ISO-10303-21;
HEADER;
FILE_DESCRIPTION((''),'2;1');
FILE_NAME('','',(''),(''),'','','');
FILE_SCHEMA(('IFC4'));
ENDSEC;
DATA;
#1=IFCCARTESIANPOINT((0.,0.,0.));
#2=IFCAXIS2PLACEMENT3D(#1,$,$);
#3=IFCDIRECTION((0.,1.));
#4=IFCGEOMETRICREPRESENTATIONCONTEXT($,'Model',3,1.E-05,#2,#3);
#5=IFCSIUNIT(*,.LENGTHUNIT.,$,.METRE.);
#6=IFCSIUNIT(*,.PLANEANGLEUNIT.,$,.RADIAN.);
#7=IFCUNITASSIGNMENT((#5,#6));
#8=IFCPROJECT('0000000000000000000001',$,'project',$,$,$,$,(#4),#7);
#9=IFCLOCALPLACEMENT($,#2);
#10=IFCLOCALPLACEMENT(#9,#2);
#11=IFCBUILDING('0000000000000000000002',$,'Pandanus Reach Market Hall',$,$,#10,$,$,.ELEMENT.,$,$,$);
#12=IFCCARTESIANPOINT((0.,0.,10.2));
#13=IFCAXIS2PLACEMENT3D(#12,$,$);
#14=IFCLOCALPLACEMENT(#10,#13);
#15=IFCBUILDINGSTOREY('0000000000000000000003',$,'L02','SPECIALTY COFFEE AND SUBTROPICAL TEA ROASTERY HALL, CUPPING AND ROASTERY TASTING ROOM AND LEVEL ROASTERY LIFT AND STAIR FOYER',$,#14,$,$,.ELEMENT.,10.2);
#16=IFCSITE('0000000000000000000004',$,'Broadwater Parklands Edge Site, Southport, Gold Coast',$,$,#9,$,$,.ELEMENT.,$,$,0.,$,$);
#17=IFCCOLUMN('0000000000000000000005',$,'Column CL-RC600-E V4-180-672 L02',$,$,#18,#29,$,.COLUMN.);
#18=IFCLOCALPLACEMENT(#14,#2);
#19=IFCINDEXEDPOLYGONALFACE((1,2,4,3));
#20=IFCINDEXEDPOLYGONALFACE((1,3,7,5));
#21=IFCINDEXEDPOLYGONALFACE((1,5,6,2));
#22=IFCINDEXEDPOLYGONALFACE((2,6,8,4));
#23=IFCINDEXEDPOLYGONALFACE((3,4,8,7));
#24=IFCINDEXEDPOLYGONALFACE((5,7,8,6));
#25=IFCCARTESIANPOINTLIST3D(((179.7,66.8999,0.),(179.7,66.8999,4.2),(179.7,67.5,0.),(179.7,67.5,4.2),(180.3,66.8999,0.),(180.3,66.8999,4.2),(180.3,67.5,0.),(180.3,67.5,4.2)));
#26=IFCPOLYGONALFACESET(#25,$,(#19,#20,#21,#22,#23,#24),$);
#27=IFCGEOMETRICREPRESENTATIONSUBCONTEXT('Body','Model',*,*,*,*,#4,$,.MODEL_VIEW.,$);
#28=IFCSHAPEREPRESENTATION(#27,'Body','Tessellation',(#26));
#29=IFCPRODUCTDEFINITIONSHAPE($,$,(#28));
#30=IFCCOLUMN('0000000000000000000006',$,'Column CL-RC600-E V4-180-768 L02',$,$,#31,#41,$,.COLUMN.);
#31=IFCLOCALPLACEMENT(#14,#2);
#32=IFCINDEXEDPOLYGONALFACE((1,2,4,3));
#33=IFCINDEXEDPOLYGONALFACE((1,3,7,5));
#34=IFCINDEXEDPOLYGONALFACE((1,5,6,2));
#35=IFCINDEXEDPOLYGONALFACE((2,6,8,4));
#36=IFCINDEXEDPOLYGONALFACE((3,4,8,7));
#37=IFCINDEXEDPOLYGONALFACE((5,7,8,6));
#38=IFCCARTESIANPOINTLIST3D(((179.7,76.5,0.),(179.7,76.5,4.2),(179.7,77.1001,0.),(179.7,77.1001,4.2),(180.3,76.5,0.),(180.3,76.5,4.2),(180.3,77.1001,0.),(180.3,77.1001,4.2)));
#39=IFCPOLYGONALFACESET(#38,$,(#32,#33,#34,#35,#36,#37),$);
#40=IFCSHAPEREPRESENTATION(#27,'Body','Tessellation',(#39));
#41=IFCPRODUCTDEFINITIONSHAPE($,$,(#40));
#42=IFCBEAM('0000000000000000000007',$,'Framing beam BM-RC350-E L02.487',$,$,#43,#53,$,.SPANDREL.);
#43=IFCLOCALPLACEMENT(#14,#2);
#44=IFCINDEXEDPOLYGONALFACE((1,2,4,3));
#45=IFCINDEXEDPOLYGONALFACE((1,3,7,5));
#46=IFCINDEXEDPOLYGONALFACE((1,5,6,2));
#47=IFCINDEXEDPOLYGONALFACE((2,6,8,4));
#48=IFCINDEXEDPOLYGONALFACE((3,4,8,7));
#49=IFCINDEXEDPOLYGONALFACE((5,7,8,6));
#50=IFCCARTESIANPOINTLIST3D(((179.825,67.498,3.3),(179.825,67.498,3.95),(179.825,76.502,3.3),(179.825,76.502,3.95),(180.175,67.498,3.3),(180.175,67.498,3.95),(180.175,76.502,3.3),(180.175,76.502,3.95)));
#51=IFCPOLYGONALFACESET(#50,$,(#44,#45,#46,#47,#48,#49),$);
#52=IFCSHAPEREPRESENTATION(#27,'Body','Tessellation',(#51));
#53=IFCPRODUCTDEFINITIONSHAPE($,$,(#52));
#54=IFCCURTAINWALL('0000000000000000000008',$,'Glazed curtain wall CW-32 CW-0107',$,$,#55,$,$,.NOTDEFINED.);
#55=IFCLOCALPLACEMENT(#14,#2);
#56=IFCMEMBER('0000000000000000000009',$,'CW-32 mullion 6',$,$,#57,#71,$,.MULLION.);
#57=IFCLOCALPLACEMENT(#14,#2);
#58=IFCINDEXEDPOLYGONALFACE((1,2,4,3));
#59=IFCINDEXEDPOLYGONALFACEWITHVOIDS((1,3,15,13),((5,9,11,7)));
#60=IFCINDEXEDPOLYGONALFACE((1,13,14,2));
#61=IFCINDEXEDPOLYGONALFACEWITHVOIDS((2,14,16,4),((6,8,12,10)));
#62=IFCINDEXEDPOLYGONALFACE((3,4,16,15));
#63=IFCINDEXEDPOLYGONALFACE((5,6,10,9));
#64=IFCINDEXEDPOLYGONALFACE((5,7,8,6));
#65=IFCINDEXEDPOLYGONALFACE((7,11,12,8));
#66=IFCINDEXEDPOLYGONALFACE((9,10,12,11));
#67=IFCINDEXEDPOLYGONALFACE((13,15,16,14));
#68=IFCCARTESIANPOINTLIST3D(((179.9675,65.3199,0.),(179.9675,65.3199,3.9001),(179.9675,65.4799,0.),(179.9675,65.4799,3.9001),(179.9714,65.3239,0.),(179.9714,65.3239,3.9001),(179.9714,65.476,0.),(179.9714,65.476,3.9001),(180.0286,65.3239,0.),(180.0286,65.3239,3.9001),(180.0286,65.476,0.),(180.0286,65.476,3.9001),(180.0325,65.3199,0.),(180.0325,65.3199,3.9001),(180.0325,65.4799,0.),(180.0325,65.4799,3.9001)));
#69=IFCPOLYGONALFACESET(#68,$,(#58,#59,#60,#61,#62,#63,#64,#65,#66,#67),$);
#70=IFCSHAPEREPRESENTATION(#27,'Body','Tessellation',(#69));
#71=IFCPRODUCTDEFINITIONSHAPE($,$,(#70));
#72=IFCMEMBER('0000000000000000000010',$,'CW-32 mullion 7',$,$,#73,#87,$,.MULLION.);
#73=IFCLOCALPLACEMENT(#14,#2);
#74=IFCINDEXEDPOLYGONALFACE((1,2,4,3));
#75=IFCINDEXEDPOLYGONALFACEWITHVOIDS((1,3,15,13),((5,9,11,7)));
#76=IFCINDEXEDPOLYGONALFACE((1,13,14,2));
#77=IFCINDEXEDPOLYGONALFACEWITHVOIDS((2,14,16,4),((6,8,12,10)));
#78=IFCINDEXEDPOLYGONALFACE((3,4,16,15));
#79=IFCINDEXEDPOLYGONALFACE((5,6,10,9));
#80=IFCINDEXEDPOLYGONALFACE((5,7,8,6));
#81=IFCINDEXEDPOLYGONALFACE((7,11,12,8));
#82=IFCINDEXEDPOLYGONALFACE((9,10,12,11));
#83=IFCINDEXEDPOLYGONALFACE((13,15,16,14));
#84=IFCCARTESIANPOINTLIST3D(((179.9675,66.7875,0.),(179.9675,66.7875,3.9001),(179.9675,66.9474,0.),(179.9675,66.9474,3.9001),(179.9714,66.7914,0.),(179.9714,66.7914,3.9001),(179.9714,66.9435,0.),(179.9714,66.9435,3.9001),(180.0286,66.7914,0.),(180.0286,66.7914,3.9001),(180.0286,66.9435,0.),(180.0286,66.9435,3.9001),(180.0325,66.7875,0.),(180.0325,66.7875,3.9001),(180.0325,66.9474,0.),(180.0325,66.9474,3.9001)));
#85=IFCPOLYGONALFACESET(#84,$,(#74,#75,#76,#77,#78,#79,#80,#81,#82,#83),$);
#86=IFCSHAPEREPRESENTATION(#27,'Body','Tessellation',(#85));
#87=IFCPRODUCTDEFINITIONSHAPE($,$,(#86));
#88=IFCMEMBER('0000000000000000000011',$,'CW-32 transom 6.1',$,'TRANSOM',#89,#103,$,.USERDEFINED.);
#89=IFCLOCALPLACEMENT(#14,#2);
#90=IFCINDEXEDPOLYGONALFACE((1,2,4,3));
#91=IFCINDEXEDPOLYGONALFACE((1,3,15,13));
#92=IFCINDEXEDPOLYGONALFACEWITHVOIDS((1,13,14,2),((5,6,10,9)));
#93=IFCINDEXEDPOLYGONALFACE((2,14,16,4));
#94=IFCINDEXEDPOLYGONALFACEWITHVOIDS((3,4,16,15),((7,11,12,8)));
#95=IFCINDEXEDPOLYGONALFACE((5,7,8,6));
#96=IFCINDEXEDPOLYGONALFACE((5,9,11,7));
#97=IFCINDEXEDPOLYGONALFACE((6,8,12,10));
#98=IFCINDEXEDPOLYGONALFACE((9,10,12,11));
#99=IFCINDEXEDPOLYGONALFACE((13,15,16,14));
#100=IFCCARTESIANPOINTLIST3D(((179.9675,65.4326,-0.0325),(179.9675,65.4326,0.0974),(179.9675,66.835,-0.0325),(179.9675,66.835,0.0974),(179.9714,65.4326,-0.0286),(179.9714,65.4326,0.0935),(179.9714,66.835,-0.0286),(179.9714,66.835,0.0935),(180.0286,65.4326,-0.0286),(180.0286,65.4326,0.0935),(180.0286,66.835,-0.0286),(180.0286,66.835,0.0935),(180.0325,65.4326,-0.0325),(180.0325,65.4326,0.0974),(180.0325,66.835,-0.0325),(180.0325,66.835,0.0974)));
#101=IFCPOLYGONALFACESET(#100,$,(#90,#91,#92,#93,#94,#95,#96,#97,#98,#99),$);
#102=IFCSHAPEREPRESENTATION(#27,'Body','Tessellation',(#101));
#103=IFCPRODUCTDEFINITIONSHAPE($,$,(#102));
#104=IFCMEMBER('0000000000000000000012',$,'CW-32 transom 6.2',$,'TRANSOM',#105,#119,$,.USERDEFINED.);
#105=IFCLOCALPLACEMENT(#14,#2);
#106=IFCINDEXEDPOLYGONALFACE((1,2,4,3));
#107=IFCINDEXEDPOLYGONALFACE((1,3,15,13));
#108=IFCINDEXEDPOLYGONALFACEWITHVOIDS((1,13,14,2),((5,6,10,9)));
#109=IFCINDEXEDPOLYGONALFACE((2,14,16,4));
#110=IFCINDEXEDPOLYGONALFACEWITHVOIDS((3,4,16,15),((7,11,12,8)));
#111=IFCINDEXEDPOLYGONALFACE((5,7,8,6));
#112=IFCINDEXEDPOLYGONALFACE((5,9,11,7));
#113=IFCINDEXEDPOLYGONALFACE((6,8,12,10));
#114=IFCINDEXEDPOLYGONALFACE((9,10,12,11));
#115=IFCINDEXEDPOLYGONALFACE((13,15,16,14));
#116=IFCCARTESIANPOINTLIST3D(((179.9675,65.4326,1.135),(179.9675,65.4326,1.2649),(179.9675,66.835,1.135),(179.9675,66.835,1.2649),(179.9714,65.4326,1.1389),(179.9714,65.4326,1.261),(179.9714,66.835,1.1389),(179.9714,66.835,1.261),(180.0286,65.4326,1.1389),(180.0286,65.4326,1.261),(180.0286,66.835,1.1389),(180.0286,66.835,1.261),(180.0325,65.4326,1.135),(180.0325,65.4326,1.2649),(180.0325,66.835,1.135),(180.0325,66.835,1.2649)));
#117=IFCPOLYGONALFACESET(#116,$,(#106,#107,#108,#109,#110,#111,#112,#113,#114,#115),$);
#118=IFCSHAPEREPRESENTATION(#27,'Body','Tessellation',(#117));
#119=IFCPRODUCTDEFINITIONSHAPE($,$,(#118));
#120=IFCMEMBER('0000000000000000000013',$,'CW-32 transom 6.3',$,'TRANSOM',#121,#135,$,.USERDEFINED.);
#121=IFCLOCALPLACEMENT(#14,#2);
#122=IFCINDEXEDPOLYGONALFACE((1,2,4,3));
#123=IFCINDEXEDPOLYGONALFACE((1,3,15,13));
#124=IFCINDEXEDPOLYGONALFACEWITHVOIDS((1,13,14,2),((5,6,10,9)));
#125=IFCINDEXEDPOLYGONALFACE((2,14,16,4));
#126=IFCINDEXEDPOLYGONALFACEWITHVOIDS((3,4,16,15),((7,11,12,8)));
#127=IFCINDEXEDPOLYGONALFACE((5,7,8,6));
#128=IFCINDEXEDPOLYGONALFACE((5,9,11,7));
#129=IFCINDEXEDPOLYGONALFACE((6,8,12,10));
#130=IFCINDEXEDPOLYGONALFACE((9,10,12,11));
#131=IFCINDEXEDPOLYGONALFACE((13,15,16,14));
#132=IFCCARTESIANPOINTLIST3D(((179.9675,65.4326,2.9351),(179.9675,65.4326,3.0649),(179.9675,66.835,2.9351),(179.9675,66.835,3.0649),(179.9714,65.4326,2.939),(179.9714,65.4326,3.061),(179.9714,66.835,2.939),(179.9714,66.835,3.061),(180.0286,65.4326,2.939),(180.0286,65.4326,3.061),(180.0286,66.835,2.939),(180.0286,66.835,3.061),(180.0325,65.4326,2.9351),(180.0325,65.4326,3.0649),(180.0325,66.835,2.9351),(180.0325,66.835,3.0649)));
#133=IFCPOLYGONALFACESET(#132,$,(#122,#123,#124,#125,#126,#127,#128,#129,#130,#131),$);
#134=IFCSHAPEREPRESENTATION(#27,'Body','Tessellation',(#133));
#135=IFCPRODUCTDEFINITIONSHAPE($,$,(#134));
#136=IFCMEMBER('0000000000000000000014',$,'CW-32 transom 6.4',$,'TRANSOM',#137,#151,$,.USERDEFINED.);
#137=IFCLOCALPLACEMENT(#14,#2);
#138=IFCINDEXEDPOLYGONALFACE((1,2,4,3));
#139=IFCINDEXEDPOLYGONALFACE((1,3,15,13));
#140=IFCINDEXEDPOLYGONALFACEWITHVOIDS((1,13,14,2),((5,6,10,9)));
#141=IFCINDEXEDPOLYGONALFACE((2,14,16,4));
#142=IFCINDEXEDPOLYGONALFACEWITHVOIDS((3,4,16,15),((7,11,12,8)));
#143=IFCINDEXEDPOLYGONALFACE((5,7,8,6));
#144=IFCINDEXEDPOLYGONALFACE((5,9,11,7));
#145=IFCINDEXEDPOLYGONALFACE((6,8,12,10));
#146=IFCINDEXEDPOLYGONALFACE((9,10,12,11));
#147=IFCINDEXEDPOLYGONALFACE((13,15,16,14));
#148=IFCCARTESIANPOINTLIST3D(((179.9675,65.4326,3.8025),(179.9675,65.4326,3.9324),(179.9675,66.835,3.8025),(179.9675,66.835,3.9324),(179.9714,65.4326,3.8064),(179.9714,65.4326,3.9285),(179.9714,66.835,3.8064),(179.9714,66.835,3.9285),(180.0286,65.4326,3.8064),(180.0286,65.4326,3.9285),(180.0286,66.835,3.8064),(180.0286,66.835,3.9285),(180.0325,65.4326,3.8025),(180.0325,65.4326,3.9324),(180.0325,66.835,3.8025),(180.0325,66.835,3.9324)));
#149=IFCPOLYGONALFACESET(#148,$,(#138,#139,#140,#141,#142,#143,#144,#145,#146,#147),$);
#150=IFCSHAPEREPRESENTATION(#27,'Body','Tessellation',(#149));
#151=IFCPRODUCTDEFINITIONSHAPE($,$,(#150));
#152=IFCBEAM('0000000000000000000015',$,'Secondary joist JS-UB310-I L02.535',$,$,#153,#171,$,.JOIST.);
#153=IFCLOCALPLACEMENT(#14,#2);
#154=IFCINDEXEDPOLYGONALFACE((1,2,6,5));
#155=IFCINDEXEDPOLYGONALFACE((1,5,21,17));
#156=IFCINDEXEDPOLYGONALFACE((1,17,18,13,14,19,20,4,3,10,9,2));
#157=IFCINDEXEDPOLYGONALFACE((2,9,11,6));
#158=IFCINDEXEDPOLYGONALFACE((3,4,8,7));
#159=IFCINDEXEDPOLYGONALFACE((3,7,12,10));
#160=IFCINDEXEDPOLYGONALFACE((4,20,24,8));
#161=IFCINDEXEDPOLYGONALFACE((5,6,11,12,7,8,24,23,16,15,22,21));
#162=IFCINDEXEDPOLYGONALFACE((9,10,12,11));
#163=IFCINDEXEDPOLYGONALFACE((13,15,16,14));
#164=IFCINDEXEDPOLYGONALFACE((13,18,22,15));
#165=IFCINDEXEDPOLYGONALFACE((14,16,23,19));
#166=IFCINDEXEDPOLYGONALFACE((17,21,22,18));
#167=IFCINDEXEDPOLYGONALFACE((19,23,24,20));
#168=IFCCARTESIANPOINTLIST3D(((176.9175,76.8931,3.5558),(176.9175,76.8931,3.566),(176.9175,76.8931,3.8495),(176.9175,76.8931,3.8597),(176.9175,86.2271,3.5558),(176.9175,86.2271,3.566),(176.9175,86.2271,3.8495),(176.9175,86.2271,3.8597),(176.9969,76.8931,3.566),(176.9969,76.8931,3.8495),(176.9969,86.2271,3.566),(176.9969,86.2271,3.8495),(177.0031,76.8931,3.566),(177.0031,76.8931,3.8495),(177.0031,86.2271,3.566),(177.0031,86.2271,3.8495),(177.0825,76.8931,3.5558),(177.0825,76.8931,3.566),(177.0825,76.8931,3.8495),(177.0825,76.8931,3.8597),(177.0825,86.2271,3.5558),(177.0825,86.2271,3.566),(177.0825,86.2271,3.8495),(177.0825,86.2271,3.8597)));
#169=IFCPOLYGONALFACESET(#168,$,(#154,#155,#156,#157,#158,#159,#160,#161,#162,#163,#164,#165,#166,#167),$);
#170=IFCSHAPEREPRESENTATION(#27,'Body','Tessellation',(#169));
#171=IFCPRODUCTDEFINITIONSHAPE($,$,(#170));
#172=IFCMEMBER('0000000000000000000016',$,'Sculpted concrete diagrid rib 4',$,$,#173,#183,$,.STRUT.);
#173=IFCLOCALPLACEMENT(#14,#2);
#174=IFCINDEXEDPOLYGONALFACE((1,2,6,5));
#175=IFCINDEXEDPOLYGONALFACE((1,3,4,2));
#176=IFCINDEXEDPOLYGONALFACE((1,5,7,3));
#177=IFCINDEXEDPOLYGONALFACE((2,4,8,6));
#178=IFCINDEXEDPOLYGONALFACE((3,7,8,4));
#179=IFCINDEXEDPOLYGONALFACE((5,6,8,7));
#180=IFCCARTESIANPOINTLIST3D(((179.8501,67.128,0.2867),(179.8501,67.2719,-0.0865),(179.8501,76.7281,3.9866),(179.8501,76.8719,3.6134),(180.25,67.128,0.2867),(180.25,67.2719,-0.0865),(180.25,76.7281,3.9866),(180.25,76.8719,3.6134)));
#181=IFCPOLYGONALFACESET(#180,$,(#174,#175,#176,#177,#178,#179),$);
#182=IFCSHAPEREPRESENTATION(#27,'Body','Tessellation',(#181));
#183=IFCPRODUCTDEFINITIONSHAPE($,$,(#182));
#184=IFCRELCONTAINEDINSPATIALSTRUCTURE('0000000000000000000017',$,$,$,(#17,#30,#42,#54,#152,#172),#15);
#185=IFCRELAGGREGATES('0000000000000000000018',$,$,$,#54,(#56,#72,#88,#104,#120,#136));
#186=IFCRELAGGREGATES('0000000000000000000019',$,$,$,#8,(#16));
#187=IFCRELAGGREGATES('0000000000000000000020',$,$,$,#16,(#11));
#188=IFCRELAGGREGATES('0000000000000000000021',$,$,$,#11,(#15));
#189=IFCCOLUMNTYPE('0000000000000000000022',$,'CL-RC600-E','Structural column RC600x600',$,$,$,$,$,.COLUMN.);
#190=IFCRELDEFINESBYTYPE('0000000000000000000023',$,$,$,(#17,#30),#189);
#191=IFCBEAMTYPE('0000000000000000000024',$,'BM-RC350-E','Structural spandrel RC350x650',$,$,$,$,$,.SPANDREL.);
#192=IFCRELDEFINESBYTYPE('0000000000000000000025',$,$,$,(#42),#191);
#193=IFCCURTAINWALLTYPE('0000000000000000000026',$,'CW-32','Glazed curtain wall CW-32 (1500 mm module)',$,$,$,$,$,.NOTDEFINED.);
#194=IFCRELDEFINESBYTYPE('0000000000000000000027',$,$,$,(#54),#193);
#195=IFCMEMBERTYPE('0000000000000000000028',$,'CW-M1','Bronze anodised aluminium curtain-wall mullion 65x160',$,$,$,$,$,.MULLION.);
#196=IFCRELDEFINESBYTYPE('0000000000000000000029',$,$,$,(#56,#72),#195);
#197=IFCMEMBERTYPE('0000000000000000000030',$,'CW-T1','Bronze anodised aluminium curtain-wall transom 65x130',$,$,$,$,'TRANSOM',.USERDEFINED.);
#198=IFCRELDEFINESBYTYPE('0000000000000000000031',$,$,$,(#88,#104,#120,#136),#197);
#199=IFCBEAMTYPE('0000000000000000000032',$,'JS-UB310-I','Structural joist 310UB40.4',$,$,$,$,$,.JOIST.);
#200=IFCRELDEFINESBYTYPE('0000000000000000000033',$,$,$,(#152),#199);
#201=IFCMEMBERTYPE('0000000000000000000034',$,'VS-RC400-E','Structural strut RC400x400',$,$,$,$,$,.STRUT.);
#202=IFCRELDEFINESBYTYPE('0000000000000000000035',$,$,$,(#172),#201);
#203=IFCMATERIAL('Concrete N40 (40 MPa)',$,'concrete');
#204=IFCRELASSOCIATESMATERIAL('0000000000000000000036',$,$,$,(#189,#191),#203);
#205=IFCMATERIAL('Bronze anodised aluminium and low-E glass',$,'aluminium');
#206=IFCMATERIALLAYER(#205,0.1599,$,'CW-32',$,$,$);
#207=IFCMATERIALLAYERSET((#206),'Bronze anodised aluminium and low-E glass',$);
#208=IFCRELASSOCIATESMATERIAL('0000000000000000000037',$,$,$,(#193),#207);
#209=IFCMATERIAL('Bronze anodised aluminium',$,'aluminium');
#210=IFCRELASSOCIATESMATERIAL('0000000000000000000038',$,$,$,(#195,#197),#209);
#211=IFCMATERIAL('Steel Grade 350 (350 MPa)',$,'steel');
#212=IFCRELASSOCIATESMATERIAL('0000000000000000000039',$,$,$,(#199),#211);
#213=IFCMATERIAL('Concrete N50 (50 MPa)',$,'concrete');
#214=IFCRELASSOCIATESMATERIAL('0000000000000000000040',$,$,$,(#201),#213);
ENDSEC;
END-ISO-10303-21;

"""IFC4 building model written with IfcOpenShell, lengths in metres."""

from ifc_helpers import new_model, si_unit, direction, frame, origin, origin_2d, place, context, subcontext, project, spatial, rectangle, hollow_rectangle, i_section, extrude, material, layer, layer_set, material_profile, profile_set, type_object, element, aggregate, save


model = new_model("IFC4")

# Units and contexts
model_context = context("Model", 3, precision=1e-05, world=origin(), true_north=direction((0.0, 1.0)))
body_context = subcontext(model_context, "Body", "Model", "MODEL_VIEW")
ifc_project = project(units=[si_unit("LENGTHUNIT", "METRE"), si_unit("PLANEANGLEUNIT", "RADIAN")], contexts=[model_context])

# Site, building, storey
site_placement = place(None, origin())
site = spatial("IfcSite", under=ifc_project, at=site_placement, Name="Broadwater Parklands Edge Site, Southport, Gold Coast", CompositionType="ELEMENT", RefElevation=0.0)
building_placement = place(site_placement, origin())
building = spatial("IfcBuilding", under=site, at=building_placement, Name="Pandanus Reach Market Hall", CompositionType="ELEMENT")
storey_placement = place(building_placement, frame((0.0, 0.0, 10.2)))
storey = spatial("IfcBuildingStorey", under=building, at=storey_placement, Name="L02", Description="SPECIALTY COFFEE AND SUBTROPICAL TEA ROASTERY HALL, CUPPING AND ROASTERY TASTING ROOM AND LEVEL ROASTERY LIFT AND STAIR FOYER", CompositionType="ELEMENT", Elevation=10.2)

# Columns
ifc_material_1 = material(Name="Concrete N40 (40 MPa)", Category="concrete")
ifc_material_profile_1 = material_profile(ifc_material_1, rectangle(XDim=0.6001, YDim=0.6001, at=origin_2d()), Name="RC600x600", Category="LoadBearing")
ifc_profile_set_1 = profile_set([ifc_material_profile_1], Name="Concrete N40 (40 MPa)")
column_type = type_object("IfcColumnType", Name="CL-RC600-E", Description="Structural column RC600x600", PredefinedType="COLUMN", material=ifc_profile_set_1)
for number, where, z_axis, x_axis, name in (
    (1, (180.0, 67.2, 0.0), (0.0, 0.0, 1.0), (1.0, 0.0, 0.0), "Column CL-RC600-E V4-180-672 L02"),
    (2, (180.0, 76.8, 0.0), (0.0, 0.0, 1.0), (1.0, 0.0, 0.0), "Column CL-RC600-E V4-180-768 L02"),
):
    element("IfcColumn", number, at=place(storey_placement, frame(where, z_axis=z_axis, x_axis=x_axis)), inside=storey, type_object=column_type, Name=name, PredefinedType="COLUMN", context=body_context, shape_type="SweptSolid", body=[
        extrude(rectangle(XDim=0.6001, YDim=0.6001, at=origin_2d()), origin(), (0.0, 0.0, 1.0), 4.2),
    ])

# Beam
ifc_material_profile_2 = material_profile(ifc_material_1, rectangle(XDim=0.3501, YDim=0.6499, at=origin_2d()), Name="RC350x650", Category="LoadBearing")
ifc_profile_set_2 = profile_set([ifc_material_profile_2], Name="Concrete N40 (40 MPa)")
beam_type_1 = type_object("IfcBeamType", Name="BM-RC350-E", Description="Structural spandrel RC350x650", PredefinedType="SPANDREL", material=ifc_profile_set_2)
beam_1_placement = place(storey_placement, frame((180.0, 67.498, 3.625), z_axis=(0.0, 1.0, 0.0), x_axis=(-1.0, 0.0, 0.0)))
element("IfcBeam", 3, at=beam_1_placement, inside=storey, type_object=beam_type_1, Name="Framing beam BM-RC350-E L02.487", PredefinedType="SPANDREL", context=body_context, shape_type="SweptSolid", body=[
    extrude(rectangle(XDim=0.3501, YDim=0.6499, at=origin_2d()), origin(), (0.0, 0.0, 1.0), 9.0039),
])

# Curtain wall, members
ifc_material_2 = material(Name="Bronze anodised aluminium and low-E glass", Category="aluminium")
ifc_layer_1 = layer(ifc_material_2, 0.1599, Name="CW-32")
ifc_layer_set_1 = layer_set([ifc_layer_1], Name="Bronze anodised aluminium and low-E glass")
curtain_wall_type = type_object("IfcCurtainWallType", Name="CW-32", Description="Glazed curtain wall CW-32 (1500 mm module)", PredefinedType="NOTDEFINED", material=ifc_layer_set_1)
curtain_wall_placement = place(storey_placement, origin())
curtain_wall = element("IfcCurtainWall", 4, at=curtain_wall_placement, inside=storey, type_object=curtain_wall_type, Name="Glazed curtain wall CW-32 CW-0107", PredefinedType="NOTDEFINED")
ifc_material_3 = material(Name="Bronze anodised aluminium", Category="aluminium")
ifc_material_profile_3 = material_profile(ifc_material_3, hollow_rectangle(XDim=0.0649, YDim=0.1599, WallThickness=0.0039, at=origin_2d()), Name="ALU65x160", Category="LoadBearing")
ifc_profile_set_3 = profile_set([ifc_material_profile_3], Name="Bronze anodised aluminium")
member_type_1 = type_object("IfcMemberType", Name="CW-M1", Description="Bronze anodised aluminium curtain-wall mullion 65x160", PredefinedType="MULLION", material=ifc_profile_set_3)
member_1_placement = place(storey_placement, frame((180.0, 65.3999, 0.0), z_axis=(0.0, 0.0, 1.0), x_axis=(-1.0, 0.0, 0.0)))
member_1 = element("IfcMember", 5, at=member_1_placement, type_object=member_type_1, Name="CW-32 mullion 6", PredefinedType="MULLION", context=body_context, shape_type="SweptSolid", body=[
    extrude(hollow_rectangle(XDim=0.0649, YDim=0.1599, WallThickness=0.0039, at=origin_2d()), origin(), (0.0, 0.0, 1.0), 3.9001),
])
member_2_placement = place(storey_placement, frame((180.0, 66.8674, 0.0), z_axis=(0.0, 0.0, 1.0), x_axis=(-1.0, 0.0, 0.0)))
member_2 = element("IfcMember", 6, at=member_2_placement, type_object=member_type_1, Name="CW-32 mullion 7", PredefinedType="MULLION", context=body_context, shape_type="SweptSolid", body=[
    extrude(hollow_rectangle(XDim=0.0649, YDim=0.1599, WallThickness=0.0039, at=origin_2d()), origin(), (0.0, 0.0, 1.0), 3.9001),
])
ifc_material_profile_4 = material_profile(ifc_material_3, hollow_rectangle(XDim=0.0649, YDim=0.1299, WallThickness=0.0039, at=origin_2d()), Name="ALU65x130", Category="LoadBearing")
ifc_profile_set_4 = profile_set([ifc_material_profile_4], Name="Bronze anodised aluminium")
member_type_2 = type_object("IfcMemberType", Name="CW-T1", Description="Bronze anodised aluminium curtain-wall transom 65x130", ElementType="TRANSOM", PredefinedType="USERDEFINED", material=ifc_profile_set_4)
member_3_placement = place(storey_placement, frame((180.0, 65.4326, 0.0325), z_axis=(0.0, 1.0, 0.0), x_axis=(-1.0, 0.0, 0.0)))
member_3 = element("IfcMember", 7, at=member_3_placement, type_object=member_type_2, Name="CW-32 transom 6.1", ObjectType="TRANSOM", PredefinedType="USERDEFINED", context=body_context, shape_type="SweptSolid", body=[
    extrude(hollow_rectangle(XDim=0.0649, YDim=0.1299, WallThickness=0.0039, at=origin_2d()), origin(), (0.0, 0.0, 1.0), 1.4023),
])
member_4_placement = place(storey_placement, frame((180.0, 65.4326, 1.2), z_axis=(0.0, 1.0, 0.0), x_axis=(-1.0, 0.0, 0.0)))
member_4 = element("IfcMember", 8, at=member_4_placement, type_object=member_type_2, Name="CW-32 transom 6.2", ObjectType="TRANSOM", PredefinedType="USERDEFINED", context=body_context, shape_type="SweptSolid", body=[
    extrude(hollow_rectangle(XDim=0.0649, YDim=0.1299, WallThickness=0.0039, at=origin_2d()), origin(), (0.0, 0.0, 1.0), 1.4023),
])
member_5_placement = place(storey_placement, frame((180.0, 65.4326, 3.0), z_axis=(0.0, 1.0, 0.0), x_axis=(-1.0, 0.0, 0.0)))
member_5 = element("IfcMember", 9, at=member_5_placement, type_object=member_type_2, Name="CW-32 transom 6.3", ObjectType="TRANSOM", PredefinedType="USERDEFINED", context=body_context, shape_type="SweptSolid", body=[
    extrude(hollow_rectangle(XDim=0.0649, YDim=0.1299, WallThickness=0.0039, at=origin_2d()), origin(), (0.0, 0.0, 1.0), 1.4023),
])
member_6_placement = place(storey_placement, frame((180.0, 65.4326, 3.8674), z_axis=(0.0, 1.0, 0.0), x_axis=(-1.0, 0.0, 0.0)))
member_6 = element("IfcMember", 10, at=member_6_placement, type_object=member_type_2, Name="CW-32 transom 6.4", ObjectType="TRANSOM", PredefinedType="USERDEFINED", context=body_context, shape_type="SweptSolid", body=[
    extrude(hollow_rectangle(XDim=0.0649, YDim=0.1299, WallThickness=0.0039, at=origin_2d()), origin(), (0.0, 0.0, 1.0), 1.4023),
])

# Beam
ifc_material_4 = material(Name="Steel Grade 350 (350 MPa)", Category="steel")
ifc_material_profile_5 = material_profile(ifc_material_4, i_section(OverallWidth=0.165, OverallDepth=0.304, WebThickness=0.0061, FlangeThickness=0.0103, at=origin_2d()), Name="310UB40.4", Category="LoadBearing")
ifc_profile_set_5 = profile_set([ifc_material_profile_5], Name="Steel Grade 350 (350 MPa)")
beam_type_2 = type_object("IfcBeamType", Name="JS-UB310-I", Description="Structural joist 310UB40.4", PredefinedType="JOIST", material=ifc_profile_set_5)
beam_2_placement = place(storey_placement, frame((177.0, 76.8931, 3.7078), z_axis=(0.0, 1.0, 0.0), x_axis=(-1.0, 0.0, 0.0)))
element("IfcBeam", 11, at=beam_2_placement, inside=storey, type_object=beam_type_2, Name="Secondary joist JS-UB310-I L02.535", PredefinedType="JOIST", context=body_context, shape_type="SweptSolid", body=[
    extrude(i_section(OverallWidth=0.165, OverallDepth=0.304, WebThickness=0.0061, FlangeThickness=0.0103, at=origin_2d()), origin(), (0.0, 0.0, 1.0), 9.334),
])

# Member
ifc_material_5 = material(Name="Concrete N50 (50 MPa)", Category="concrete")
ifc_material_profile_6 = material_profile(ifc_material_5, rectangle(XDim=0.3999, YDim=0.3999, at=origin_2d()), Name="RC400x400", Category="LoadBearing")
ifc_profile_set_6 = profile_set([ifc_material_profile_6], Name="Concrete N50 (50 MPa)")
member_type_3 = type_object("IfcMemberType", Name="VS-RC400-E", Description="Structural strut RC400x400", PredefinedType="STRUT", material=ifc_profile_set_6)
member_7_placement = place(storey_placement, frame((180.05, 67.2, 0.1001), z_axis=(0.0, 0.933098, 0.359623), x_axis=(-1.0, 0.0, 0.0)))
element("IfcMember", 12, at=member_7_placement, inside=storey, type_object=member_type_3, Name="Sculpted concrete diagrid rib 4", PredefinedType="STRUT", context=body_context, shape_type="SweptSolid", body=[
    extrude(rectangle(XDim=0.3999, YDim=0.3999, at=origin_2d()), origin(), (0.0, 0.0, 1.0), 10.2883),
])

aggregate(curtain_wall, [member_1, member_2, member_3, member_4, member_5, member_6])

save(model, "model.ifc")
